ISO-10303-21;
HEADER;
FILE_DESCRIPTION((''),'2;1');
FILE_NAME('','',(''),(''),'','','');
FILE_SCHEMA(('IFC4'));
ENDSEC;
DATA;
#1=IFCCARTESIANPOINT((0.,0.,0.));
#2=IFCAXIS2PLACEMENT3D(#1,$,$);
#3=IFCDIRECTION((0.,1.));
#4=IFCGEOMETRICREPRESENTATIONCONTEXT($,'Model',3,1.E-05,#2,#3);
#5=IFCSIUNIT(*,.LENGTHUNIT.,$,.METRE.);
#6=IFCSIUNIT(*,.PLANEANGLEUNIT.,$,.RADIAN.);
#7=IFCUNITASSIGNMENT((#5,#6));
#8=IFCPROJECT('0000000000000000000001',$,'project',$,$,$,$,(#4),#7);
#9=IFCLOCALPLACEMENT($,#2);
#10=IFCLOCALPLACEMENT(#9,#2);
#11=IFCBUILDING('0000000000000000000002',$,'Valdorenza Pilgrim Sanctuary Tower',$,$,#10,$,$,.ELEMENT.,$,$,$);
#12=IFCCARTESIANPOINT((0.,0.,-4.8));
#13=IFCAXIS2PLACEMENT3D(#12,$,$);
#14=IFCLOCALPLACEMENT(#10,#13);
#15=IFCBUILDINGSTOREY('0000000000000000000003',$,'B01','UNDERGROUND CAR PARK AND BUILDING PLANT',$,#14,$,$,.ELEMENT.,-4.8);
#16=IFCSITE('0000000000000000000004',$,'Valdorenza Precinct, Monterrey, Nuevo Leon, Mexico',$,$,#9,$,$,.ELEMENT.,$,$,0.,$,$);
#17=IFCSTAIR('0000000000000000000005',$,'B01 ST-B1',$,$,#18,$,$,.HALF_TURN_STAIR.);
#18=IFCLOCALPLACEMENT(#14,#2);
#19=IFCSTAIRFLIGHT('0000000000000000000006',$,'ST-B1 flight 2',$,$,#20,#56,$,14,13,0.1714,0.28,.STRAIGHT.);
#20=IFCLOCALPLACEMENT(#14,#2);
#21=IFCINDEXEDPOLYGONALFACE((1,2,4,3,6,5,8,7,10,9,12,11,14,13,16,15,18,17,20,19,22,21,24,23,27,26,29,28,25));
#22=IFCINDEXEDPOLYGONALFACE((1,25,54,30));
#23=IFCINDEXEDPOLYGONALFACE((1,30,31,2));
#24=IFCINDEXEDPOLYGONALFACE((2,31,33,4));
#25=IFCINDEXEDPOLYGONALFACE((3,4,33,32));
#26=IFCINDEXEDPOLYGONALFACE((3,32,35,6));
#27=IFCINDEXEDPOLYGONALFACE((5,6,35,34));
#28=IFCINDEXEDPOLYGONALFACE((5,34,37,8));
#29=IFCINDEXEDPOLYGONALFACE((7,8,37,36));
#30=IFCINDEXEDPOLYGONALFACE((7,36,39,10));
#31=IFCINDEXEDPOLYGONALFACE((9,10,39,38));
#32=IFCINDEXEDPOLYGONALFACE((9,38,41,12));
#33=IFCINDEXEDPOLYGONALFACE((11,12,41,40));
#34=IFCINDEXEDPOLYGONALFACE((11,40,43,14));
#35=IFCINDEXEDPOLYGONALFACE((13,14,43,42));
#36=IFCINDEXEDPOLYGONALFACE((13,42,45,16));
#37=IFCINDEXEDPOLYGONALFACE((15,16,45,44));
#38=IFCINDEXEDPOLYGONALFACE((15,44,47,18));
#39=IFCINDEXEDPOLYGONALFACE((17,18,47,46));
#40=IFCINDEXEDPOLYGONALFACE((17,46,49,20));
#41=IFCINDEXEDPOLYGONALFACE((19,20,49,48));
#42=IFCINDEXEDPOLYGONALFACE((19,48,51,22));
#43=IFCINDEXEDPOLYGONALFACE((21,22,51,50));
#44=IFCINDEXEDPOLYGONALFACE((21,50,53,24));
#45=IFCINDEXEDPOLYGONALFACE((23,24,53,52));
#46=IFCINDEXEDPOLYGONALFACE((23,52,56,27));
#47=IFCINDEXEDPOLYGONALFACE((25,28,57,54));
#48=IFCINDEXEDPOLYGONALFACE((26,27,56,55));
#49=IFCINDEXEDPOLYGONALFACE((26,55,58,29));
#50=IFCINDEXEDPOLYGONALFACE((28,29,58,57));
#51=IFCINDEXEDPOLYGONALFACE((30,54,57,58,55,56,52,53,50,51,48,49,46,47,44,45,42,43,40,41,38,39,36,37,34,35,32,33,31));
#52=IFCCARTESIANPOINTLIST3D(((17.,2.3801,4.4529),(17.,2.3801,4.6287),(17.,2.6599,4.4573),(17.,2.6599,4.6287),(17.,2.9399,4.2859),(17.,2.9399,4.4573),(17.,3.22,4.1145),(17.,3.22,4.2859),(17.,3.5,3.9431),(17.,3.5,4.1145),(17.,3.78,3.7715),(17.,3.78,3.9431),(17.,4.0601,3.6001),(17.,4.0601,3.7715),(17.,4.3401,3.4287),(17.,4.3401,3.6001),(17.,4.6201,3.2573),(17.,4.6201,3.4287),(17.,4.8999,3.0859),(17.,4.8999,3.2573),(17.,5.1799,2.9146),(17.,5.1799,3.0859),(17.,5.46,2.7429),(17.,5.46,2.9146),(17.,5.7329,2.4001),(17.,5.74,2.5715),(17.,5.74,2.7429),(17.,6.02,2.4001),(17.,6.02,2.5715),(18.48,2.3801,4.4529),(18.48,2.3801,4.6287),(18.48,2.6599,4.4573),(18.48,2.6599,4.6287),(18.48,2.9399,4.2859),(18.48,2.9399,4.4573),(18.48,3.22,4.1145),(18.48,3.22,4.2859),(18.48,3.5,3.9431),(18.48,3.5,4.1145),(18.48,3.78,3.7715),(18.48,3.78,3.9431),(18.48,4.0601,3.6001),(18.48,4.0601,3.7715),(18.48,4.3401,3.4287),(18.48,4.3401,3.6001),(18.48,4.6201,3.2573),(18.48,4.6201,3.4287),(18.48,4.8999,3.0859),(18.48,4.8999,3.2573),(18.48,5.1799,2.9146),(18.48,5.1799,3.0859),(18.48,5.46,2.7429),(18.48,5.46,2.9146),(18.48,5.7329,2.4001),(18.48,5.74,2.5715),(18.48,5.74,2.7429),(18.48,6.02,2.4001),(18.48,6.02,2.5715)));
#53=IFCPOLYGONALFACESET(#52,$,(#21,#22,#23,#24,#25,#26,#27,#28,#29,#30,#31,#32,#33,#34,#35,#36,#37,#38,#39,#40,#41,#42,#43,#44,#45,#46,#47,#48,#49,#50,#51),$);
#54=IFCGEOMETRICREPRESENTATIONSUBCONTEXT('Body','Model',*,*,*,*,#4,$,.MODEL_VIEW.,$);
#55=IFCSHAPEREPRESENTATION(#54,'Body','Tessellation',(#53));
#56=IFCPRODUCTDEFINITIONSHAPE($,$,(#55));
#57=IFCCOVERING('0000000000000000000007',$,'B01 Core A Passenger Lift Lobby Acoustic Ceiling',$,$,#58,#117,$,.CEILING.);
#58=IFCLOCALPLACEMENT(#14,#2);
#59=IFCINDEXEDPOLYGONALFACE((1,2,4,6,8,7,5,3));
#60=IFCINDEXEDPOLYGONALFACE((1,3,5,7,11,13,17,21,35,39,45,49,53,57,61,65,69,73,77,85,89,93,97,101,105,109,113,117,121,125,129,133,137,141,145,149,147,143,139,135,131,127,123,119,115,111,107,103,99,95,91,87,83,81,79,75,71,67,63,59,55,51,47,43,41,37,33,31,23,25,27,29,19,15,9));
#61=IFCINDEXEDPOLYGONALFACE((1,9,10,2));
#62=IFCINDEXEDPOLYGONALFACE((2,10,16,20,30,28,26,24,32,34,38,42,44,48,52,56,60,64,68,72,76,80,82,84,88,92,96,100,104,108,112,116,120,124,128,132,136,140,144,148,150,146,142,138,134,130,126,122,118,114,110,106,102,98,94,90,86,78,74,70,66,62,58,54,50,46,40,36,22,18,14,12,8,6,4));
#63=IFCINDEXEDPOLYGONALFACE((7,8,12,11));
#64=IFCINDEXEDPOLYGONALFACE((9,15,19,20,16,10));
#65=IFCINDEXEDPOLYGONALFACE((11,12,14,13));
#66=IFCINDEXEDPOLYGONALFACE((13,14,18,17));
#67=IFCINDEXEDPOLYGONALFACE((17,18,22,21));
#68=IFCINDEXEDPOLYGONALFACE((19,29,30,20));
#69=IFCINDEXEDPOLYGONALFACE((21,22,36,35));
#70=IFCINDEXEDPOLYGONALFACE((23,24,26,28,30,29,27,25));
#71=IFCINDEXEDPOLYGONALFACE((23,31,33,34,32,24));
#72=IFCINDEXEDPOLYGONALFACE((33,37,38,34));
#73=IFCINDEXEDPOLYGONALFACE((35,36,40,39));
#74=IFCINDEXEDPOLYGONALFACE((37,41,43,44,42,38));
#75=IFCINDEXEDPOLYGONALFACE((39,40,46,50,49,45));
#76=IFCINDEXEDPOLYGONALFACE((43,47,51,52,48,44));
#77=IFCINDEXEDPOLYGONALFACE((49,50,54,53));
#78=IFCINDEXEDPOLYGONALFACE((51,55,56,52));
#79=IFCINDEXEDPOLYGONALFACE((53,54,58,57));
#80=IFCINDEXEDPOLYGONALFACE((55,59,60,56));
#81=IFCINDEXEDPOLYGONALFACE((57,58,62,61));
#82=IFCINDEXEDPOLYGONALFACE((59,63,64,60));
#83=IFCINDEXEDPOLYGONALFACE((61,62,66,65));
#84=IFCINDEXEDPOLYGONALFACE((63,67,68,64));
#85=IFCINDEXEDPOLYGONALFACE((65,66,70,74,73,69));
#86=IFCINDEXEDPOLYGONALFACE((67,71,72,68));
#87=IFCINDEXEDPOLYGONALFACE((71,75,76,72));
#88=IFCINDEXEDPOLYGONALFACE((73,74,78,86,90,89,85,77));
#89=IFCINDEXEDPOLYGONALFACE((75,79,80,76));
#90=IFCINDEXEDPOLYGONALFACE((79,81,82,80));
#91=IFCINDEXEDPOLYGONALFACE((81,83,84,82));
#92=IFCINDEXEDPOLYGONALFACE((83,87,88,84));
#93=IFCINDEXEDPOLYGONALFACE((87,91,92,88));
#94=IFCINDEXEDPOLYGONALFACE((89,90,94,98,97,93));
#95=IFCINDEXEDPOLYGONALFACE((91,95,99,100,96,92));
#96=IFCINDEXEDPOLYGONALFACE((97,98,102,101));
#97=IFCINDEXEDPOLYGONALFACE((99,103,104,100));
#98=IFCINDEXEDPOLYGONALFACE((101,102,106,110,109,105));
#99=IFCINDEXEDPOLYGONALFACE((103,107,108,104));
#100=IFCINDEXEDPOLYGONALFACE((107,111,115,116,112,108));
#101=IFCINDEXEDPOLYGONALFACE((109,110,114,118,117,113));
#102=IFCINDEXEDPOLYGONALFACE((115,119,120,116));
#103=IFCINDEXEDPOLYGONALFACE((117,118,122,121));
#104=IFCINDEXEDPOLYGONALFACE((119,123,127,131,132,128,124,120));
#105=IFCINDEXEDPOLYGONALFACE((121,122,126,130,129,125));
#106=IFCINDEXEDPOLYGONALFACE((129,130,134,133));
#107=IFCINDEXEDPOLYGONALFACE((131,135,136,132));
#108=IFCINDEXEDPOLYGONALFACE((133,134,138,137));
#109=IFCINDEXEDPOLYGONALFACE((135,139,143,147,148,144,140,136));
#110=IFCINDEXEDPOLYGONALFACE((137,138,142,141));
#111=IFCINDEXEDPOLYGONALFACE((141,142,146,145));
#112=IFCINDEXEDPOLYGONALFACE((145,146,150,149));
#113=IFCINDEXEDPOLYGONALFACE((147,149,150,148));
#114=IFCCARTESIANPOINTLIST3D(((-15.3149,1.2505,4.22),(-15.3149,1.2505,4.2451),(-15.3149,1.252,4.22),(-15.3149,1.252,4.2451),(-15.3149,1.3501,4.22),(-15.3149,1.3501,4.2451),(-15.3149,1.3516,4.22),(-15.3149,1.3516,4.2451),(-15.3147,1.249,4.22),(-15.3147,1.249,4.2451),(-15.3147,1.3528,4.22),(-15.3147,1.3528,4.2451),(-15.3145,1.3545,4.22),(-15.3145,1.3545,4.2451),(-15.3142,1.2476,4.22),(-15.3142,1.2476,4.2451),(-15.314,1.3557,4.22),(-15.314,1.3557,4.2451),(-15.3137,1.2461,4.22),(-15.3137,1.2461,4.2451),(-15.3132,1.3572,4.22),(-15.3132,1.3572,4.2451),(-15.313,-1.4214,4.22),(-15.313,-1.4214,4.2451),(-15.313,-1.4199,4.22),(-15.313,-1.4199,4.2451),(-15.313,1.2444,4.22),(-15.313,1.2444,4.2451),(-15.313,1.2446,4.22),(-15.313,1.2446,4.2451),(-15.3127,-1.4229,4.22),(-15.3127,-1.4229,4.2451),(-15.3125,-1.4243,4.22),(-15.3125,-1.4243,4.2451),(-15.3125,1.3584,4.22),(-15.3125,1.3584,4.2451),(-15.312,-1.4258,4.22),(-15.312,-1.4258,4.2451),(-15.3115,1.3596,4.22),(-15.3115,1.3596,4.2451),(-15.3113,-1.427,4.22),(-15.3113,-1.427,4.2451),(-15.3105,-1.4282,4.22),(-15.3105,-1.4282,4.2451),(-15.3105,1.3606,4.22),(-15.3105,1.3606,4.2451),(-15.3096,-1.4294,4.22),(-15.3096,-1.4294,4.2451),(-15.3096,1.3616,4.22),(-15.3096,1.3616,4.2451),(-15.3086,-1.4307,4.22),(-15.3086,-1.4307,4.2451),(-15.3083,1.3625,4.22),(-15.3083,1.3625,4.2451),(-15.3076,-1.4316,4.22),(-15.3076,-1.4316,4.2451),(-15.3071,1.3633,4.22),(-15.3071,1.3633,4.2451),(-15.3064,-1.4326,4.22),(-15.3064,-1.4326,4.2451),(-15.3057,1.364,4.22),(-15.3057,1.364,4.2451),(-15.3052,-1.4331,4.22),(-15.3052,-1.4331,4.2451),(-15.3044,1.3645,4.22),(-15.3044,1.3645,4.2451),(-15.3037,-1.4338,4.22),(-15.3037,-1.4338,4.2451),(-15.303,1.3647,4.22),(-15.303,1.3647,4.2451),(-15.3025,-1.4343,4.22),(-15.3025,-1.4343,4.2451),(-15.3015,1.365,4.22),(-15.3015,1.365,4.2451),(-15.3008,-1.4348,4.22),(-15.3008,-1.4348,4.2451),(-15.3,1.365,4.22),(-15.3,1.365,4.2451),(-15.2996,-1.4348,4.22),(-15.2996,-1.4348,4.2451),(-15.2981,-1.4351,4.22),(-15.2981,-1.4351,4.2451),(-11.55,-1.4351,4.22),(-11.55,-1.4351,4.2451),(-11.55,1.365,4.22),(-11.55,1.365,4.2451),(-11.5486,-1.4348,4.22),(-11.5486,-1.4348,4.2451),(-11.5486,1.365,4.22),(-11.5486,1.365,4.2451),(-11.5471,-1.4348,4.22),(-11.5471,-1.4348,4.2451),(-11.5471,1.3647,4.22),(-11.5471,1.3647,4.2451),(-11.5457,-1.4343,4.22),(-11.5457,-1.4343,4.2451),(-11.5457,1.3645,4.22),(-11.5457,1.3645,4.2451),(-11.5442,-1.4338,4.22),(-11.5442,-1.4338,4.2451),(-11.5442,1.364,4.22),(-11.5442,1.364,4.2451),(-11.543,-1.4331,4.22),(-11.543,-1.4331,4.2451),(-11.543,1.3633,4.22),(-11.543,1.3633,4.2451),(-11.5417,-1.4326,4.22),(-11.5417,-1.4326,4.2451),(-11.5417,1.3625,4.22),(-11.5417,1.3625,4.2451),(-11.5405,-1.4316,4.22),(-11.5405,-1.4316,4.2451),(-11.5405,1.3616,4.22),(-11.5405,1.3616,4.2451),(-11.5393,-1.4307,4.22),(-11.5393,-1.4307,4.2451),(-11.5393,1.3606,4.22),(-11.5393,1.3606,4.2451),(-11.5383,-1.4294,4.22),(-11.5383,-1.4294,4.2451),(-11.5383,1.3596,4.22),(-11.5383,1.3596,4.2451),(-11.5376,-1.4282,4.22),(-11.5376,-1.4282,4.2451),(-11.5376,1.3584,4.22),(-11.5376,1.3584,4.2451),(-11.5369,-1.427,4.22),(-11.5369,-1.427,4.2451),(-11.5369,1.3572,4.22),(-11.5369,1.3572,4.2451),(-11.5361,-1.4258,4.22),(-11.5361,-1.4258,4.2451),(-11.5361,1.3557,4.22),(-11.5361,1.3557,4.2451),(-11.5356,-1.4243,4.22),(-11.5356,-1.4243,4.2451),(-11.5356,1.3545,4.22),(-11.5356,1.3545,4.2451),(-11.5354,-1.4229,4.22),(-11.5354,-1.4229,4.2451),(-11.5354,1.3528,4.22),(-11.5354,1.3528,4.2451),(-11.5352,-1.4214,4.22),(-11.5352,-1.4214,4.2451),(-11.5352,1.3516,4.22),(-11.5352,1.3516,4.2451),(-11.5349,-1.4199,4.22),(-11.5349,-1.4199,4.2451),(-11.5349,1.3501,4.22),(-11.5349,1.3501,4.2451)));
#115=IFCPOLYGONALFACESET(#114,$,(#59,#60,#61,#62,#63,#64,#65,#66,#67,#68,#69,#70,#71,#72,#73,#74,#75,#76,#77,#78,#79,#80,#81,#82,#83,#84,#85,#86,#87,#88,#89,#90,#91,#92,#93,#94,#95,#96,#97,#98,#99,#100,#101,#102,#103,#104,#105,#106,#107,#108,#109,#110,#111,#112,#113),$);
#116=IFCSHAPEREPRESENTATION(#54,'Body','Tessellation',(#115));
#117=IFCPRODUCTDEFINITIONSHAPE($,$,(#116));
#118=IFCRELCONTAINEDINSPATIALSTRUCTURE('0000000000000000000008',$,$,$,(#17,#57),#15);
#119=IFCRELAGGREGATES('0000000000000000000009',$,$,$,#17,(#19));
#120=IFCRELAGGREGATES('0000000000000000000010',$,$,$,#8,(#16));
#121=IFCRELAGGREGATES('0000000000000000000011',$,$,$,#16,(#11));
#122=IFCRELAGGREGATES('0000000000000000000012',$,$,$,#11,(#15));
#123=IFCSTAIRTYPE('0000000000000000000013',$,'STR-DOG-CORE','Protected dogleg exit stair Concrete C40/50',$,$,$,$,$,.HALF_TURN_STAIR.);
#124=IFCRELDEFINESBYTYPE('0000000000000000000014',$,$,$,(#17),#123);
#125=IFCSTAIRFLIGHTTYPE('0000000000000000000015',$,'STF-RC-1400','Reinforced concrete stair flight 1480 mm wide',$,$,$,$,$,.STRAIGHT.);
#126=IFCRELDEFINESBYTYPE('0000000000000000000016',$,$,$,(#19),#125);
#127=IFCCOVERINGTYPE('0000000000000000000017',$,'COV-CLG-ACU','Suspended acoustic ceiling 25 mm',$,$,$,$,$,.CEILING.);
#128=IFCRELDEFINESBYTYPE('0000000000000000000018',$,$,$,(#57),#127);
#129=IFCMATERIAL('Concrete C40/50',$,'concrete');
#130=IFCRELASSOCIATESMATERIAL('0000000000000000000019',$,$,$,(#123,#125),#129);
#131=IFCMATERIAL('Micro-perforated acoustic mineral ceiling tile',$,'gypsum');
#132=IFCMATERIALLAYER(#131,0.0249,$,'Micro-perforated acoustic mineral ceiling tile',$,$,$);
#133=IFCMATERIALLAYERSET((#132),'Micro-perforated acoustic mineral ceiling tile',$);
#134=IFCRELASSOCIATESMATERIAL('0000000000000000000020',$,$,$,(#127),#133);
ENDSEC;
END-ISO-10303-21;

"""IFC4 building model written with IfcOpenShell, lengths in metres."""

from ifc_helpers import new_model, si_unit, direction, frame, origin, place, context, subcontext, project, spatial, polyline, outline, extrude, material, layer, layer_set, type_object, element, aggregate, save


model = new_model("IFC4")

# Units and contexts
model_context = context("Model", 3, precision=1e-05, world=origin(), true_north=direction((0.0, 1.0)))
body_context = subcontext(model_context, "Body", "Model", "MODEL_VIEW")
ifc_project = project(units=[si_unit("LENGTHUNIT", "METRE"), si_unit("PLANEANGLEUNIT", "RADIAN")], contexts=[model_context])

# Site, building, storey
site_placement = place(None, origin())
site = spatial("IfcSite", under=ifc_project, at=site_placement, Name="Valdorenza Precinct, Monterrey, Nuevo Leon, Mexico", CompositionType="ELEMENT", RefElevation=0.0)
building_placement = place(site_placement, origin())
building = spatial("IfcBuilding", under=site, at=building_placement, Name="Valdorenza Pilgrim Sanctuary Tower", CompositionType="ELEMENT")
storey_placement = place(building_placement, frame((0.0, 0.0, -4.8)))
storey = spatial("IfcBuildingStorey", under=building, at=storey_placement, Name="B01", Description="UNDERGROUND CAR PARK AND BUILDING PLANT", CompositionType="ELEMENT", Elevation=-4.8)

# Stair
ifc_material_1 = material(Name="Concrete C40/50", Category="concrete")
stair_type = type_object("IfcStairType", Name="STR-DOG-CORE", Description="Protected dogleg exit stair Concrete C40/50", PredefinedType="HALF_TURN_STAIR", material=ifc_material_1)
stair_1_placement = place(storey_placement, origin())
stair_1 = element("IfcStair", 1, at=stair_1_placement, inside=storey, type_object=stair_type, Name="B01 ST-B1", PredefinedType="HALF_TURN_STAIR")

# Stair flight
stair_flight_type = type_object("IfcStairFlightType", Name="STF-RC-1400", Description="Reinforced concrete stair flight 1480 mm wide", PredefinedType="STRAIGHT", material=ifc_material_1)
stair_flight_placement = place(storey_placement, frame((17.74, 6.02, 2.4001), z_axis=(0.0, 0.0, 1.0), x_axis=(0.0, -1.0, 0.0)))
stair_flight = element("IfcStairFlight", 2, at=stair_flight_placement, type_object=stair_flight_type, Name="ST-B1 flight 2", NumberOfRisers=14, NumberOfTreads=13, PredefinedType="STRAIGHT", RiserHeight=0.1714, TreadLength=0.28, context=body_context, shape_type="SweptSolid", body=[
    extrude(outline(polyline([(0.0, 0.0), (0.0, 0.1714), (0.28, 0.1714), (0.28, 0.3428), (0.5601, 0.3428), (0.5601, 0.5144), (0.8401, 0.5144), (0.8401, 0.6858), (1.1201, 0.6858), (1.1201, 0.8572), (1.3999, 0.8572), (1.3999, 1.0286), (1.6799, 1.0286), (1.6799, 1.2), (1.96, 1.2), (1.96, 1.3713), (2.24, 1.3713), (2.24, 1.543), (2.52, 1.543), (2.52, 1.7144), (2.8, 1.7144), (2.8, 1.8857), (3.0801, 1.8857), (3.0801, 2.0571), (3.3601, 2.0571), (3.3601, 2.2285), (3.6399, 2.2285), (3.6399, 2.3999), (3.6399, 2.0527), (0.2871, 0.0), (0.0, 0.0)])), frame((0.0, 0.74, 0.0), z_axis=(0.0, -1.0, 0.0), x_axis=(1.0, 0.0, 0.0)), (0.0, 0.0, 1.0), 1.48),
])
aggregate(stair_1, [stair_flight])

# Covering
ifc_material_2 = material(Name="Micro-perforated acoustic mineral ceiling tile", Category="gypsum")
ifc_layer_1 = layer(ifc_material_2, 0.0249, Name="Micro-perforated acoustic mineral ceiling tile")
ifc_layer_set_1 = layer_set([ifc_layer_1], Name="Micro-perforated acoustic mineral ceiling tile")
covering_type_1 = type_object("IfcCoveringType", Name="COV-CLG-ACU", Description="Suspended acoustic ceiling 25 mm", PredefinedType="CEILING", material=ifc_layer_set_1)
covering_1_placement = place(storey_placement, frame((0.0, 0.0, 4.22)))
element("IfcCovering", 3, at=covering_1_placement, inside=storey, type_object=covering_type_1, Name="B01 Core A Passenger Lift Lobby Acoustic Ceiling", PredefinedType="CEILING", context=body_context, shape_type="SweptSolid", body=[
    extrude(outline(polyline([(-15.3149, 1.3501), (-15.3149, 1.3516), (-15.3147, 1.3528), (-15.3145, 1.3545), (-15.314, 1.3557), (-15.3132, 1.3572), (-15.3125, 1.3584), (-15.3115, 1.3596), (-15.3105, 1.3606), (-15.3096, 1.3616), (-15.3083, 1.3625), (-15.3071, 1.3633), (-15.3057, 1.364), (-15.3044, 1.3645), (-15.303, 1.3647), (-15.3015, 1.365), (-15.3, 1.365), (-11.55, 1.365), (-11.5486, 1.365), (-11.5471, 1.3647), (-11.5457, 1.3645), (-11.5442, 1.364), (-11.543, 1.3633), (-11.5417, 1.3625), (-11.5405, 1.3616), (-11.5393, 1.3606), (-11.5383, 1.3596), (-11.5376, 1.3584), (-11.5369, 1.3572), (-11.5361, 1.3557), (-11.5356, 1.3545), (-11.5354, 1.3528), (-11.5352, 1.3516), (-11.5349, 1.3501), (-11.5349, -1.4199), (-11.5352, -1.4214), (-11.5354, -1.4229), (-11.5356, -1.4243), (-11.5361, -1.4258), (-11.5369, -1.427), (-11.5376, -1.4282), (-11.5383, -1.4294), (-11.5393, -1.4307), (-11.5405, -1.4316), (-11.5417, -1.4326), (-11.543, -1.4331), (-11.5442, -1.4338), (-11.5457, -1.4343), (-11.5471, -1.4348), (-11.5486, -1.4348), (-11.55, -1.4351), (-15.2981, -1.4351), (-15.2996, -1.4348), (-15.3008, -1.4348), (-15.3025, -1.4343), (-15.3037, -1.4338), (-15.3052, -1.4331), (-15.3064, -1.4326), (-15.3076, -1.4316), (-15.3086, -1.4307), (-15.3096, -1.4294), (-15.3105, -1.4282), (-15.3113, -1.427), (-15.312, -1.4258), (-15.3125, -1.4243), (-15.3127, -1.4229), (-15.313, -1.4214), (-15.313, -1.4199), (-15.313, 1.2444), (-15.313, 1.2446), (-15.3137, 1.2461), (-15.3142, 1.2476), (-15.3147, 1.249), (-15.3149, 1.2505), (-15.3149, 1.252), (-15.3149, 1.3501)])), origin(), (0.0, 0.0, 1.0), 0.0251),
])

save(model, "model.ifc")
